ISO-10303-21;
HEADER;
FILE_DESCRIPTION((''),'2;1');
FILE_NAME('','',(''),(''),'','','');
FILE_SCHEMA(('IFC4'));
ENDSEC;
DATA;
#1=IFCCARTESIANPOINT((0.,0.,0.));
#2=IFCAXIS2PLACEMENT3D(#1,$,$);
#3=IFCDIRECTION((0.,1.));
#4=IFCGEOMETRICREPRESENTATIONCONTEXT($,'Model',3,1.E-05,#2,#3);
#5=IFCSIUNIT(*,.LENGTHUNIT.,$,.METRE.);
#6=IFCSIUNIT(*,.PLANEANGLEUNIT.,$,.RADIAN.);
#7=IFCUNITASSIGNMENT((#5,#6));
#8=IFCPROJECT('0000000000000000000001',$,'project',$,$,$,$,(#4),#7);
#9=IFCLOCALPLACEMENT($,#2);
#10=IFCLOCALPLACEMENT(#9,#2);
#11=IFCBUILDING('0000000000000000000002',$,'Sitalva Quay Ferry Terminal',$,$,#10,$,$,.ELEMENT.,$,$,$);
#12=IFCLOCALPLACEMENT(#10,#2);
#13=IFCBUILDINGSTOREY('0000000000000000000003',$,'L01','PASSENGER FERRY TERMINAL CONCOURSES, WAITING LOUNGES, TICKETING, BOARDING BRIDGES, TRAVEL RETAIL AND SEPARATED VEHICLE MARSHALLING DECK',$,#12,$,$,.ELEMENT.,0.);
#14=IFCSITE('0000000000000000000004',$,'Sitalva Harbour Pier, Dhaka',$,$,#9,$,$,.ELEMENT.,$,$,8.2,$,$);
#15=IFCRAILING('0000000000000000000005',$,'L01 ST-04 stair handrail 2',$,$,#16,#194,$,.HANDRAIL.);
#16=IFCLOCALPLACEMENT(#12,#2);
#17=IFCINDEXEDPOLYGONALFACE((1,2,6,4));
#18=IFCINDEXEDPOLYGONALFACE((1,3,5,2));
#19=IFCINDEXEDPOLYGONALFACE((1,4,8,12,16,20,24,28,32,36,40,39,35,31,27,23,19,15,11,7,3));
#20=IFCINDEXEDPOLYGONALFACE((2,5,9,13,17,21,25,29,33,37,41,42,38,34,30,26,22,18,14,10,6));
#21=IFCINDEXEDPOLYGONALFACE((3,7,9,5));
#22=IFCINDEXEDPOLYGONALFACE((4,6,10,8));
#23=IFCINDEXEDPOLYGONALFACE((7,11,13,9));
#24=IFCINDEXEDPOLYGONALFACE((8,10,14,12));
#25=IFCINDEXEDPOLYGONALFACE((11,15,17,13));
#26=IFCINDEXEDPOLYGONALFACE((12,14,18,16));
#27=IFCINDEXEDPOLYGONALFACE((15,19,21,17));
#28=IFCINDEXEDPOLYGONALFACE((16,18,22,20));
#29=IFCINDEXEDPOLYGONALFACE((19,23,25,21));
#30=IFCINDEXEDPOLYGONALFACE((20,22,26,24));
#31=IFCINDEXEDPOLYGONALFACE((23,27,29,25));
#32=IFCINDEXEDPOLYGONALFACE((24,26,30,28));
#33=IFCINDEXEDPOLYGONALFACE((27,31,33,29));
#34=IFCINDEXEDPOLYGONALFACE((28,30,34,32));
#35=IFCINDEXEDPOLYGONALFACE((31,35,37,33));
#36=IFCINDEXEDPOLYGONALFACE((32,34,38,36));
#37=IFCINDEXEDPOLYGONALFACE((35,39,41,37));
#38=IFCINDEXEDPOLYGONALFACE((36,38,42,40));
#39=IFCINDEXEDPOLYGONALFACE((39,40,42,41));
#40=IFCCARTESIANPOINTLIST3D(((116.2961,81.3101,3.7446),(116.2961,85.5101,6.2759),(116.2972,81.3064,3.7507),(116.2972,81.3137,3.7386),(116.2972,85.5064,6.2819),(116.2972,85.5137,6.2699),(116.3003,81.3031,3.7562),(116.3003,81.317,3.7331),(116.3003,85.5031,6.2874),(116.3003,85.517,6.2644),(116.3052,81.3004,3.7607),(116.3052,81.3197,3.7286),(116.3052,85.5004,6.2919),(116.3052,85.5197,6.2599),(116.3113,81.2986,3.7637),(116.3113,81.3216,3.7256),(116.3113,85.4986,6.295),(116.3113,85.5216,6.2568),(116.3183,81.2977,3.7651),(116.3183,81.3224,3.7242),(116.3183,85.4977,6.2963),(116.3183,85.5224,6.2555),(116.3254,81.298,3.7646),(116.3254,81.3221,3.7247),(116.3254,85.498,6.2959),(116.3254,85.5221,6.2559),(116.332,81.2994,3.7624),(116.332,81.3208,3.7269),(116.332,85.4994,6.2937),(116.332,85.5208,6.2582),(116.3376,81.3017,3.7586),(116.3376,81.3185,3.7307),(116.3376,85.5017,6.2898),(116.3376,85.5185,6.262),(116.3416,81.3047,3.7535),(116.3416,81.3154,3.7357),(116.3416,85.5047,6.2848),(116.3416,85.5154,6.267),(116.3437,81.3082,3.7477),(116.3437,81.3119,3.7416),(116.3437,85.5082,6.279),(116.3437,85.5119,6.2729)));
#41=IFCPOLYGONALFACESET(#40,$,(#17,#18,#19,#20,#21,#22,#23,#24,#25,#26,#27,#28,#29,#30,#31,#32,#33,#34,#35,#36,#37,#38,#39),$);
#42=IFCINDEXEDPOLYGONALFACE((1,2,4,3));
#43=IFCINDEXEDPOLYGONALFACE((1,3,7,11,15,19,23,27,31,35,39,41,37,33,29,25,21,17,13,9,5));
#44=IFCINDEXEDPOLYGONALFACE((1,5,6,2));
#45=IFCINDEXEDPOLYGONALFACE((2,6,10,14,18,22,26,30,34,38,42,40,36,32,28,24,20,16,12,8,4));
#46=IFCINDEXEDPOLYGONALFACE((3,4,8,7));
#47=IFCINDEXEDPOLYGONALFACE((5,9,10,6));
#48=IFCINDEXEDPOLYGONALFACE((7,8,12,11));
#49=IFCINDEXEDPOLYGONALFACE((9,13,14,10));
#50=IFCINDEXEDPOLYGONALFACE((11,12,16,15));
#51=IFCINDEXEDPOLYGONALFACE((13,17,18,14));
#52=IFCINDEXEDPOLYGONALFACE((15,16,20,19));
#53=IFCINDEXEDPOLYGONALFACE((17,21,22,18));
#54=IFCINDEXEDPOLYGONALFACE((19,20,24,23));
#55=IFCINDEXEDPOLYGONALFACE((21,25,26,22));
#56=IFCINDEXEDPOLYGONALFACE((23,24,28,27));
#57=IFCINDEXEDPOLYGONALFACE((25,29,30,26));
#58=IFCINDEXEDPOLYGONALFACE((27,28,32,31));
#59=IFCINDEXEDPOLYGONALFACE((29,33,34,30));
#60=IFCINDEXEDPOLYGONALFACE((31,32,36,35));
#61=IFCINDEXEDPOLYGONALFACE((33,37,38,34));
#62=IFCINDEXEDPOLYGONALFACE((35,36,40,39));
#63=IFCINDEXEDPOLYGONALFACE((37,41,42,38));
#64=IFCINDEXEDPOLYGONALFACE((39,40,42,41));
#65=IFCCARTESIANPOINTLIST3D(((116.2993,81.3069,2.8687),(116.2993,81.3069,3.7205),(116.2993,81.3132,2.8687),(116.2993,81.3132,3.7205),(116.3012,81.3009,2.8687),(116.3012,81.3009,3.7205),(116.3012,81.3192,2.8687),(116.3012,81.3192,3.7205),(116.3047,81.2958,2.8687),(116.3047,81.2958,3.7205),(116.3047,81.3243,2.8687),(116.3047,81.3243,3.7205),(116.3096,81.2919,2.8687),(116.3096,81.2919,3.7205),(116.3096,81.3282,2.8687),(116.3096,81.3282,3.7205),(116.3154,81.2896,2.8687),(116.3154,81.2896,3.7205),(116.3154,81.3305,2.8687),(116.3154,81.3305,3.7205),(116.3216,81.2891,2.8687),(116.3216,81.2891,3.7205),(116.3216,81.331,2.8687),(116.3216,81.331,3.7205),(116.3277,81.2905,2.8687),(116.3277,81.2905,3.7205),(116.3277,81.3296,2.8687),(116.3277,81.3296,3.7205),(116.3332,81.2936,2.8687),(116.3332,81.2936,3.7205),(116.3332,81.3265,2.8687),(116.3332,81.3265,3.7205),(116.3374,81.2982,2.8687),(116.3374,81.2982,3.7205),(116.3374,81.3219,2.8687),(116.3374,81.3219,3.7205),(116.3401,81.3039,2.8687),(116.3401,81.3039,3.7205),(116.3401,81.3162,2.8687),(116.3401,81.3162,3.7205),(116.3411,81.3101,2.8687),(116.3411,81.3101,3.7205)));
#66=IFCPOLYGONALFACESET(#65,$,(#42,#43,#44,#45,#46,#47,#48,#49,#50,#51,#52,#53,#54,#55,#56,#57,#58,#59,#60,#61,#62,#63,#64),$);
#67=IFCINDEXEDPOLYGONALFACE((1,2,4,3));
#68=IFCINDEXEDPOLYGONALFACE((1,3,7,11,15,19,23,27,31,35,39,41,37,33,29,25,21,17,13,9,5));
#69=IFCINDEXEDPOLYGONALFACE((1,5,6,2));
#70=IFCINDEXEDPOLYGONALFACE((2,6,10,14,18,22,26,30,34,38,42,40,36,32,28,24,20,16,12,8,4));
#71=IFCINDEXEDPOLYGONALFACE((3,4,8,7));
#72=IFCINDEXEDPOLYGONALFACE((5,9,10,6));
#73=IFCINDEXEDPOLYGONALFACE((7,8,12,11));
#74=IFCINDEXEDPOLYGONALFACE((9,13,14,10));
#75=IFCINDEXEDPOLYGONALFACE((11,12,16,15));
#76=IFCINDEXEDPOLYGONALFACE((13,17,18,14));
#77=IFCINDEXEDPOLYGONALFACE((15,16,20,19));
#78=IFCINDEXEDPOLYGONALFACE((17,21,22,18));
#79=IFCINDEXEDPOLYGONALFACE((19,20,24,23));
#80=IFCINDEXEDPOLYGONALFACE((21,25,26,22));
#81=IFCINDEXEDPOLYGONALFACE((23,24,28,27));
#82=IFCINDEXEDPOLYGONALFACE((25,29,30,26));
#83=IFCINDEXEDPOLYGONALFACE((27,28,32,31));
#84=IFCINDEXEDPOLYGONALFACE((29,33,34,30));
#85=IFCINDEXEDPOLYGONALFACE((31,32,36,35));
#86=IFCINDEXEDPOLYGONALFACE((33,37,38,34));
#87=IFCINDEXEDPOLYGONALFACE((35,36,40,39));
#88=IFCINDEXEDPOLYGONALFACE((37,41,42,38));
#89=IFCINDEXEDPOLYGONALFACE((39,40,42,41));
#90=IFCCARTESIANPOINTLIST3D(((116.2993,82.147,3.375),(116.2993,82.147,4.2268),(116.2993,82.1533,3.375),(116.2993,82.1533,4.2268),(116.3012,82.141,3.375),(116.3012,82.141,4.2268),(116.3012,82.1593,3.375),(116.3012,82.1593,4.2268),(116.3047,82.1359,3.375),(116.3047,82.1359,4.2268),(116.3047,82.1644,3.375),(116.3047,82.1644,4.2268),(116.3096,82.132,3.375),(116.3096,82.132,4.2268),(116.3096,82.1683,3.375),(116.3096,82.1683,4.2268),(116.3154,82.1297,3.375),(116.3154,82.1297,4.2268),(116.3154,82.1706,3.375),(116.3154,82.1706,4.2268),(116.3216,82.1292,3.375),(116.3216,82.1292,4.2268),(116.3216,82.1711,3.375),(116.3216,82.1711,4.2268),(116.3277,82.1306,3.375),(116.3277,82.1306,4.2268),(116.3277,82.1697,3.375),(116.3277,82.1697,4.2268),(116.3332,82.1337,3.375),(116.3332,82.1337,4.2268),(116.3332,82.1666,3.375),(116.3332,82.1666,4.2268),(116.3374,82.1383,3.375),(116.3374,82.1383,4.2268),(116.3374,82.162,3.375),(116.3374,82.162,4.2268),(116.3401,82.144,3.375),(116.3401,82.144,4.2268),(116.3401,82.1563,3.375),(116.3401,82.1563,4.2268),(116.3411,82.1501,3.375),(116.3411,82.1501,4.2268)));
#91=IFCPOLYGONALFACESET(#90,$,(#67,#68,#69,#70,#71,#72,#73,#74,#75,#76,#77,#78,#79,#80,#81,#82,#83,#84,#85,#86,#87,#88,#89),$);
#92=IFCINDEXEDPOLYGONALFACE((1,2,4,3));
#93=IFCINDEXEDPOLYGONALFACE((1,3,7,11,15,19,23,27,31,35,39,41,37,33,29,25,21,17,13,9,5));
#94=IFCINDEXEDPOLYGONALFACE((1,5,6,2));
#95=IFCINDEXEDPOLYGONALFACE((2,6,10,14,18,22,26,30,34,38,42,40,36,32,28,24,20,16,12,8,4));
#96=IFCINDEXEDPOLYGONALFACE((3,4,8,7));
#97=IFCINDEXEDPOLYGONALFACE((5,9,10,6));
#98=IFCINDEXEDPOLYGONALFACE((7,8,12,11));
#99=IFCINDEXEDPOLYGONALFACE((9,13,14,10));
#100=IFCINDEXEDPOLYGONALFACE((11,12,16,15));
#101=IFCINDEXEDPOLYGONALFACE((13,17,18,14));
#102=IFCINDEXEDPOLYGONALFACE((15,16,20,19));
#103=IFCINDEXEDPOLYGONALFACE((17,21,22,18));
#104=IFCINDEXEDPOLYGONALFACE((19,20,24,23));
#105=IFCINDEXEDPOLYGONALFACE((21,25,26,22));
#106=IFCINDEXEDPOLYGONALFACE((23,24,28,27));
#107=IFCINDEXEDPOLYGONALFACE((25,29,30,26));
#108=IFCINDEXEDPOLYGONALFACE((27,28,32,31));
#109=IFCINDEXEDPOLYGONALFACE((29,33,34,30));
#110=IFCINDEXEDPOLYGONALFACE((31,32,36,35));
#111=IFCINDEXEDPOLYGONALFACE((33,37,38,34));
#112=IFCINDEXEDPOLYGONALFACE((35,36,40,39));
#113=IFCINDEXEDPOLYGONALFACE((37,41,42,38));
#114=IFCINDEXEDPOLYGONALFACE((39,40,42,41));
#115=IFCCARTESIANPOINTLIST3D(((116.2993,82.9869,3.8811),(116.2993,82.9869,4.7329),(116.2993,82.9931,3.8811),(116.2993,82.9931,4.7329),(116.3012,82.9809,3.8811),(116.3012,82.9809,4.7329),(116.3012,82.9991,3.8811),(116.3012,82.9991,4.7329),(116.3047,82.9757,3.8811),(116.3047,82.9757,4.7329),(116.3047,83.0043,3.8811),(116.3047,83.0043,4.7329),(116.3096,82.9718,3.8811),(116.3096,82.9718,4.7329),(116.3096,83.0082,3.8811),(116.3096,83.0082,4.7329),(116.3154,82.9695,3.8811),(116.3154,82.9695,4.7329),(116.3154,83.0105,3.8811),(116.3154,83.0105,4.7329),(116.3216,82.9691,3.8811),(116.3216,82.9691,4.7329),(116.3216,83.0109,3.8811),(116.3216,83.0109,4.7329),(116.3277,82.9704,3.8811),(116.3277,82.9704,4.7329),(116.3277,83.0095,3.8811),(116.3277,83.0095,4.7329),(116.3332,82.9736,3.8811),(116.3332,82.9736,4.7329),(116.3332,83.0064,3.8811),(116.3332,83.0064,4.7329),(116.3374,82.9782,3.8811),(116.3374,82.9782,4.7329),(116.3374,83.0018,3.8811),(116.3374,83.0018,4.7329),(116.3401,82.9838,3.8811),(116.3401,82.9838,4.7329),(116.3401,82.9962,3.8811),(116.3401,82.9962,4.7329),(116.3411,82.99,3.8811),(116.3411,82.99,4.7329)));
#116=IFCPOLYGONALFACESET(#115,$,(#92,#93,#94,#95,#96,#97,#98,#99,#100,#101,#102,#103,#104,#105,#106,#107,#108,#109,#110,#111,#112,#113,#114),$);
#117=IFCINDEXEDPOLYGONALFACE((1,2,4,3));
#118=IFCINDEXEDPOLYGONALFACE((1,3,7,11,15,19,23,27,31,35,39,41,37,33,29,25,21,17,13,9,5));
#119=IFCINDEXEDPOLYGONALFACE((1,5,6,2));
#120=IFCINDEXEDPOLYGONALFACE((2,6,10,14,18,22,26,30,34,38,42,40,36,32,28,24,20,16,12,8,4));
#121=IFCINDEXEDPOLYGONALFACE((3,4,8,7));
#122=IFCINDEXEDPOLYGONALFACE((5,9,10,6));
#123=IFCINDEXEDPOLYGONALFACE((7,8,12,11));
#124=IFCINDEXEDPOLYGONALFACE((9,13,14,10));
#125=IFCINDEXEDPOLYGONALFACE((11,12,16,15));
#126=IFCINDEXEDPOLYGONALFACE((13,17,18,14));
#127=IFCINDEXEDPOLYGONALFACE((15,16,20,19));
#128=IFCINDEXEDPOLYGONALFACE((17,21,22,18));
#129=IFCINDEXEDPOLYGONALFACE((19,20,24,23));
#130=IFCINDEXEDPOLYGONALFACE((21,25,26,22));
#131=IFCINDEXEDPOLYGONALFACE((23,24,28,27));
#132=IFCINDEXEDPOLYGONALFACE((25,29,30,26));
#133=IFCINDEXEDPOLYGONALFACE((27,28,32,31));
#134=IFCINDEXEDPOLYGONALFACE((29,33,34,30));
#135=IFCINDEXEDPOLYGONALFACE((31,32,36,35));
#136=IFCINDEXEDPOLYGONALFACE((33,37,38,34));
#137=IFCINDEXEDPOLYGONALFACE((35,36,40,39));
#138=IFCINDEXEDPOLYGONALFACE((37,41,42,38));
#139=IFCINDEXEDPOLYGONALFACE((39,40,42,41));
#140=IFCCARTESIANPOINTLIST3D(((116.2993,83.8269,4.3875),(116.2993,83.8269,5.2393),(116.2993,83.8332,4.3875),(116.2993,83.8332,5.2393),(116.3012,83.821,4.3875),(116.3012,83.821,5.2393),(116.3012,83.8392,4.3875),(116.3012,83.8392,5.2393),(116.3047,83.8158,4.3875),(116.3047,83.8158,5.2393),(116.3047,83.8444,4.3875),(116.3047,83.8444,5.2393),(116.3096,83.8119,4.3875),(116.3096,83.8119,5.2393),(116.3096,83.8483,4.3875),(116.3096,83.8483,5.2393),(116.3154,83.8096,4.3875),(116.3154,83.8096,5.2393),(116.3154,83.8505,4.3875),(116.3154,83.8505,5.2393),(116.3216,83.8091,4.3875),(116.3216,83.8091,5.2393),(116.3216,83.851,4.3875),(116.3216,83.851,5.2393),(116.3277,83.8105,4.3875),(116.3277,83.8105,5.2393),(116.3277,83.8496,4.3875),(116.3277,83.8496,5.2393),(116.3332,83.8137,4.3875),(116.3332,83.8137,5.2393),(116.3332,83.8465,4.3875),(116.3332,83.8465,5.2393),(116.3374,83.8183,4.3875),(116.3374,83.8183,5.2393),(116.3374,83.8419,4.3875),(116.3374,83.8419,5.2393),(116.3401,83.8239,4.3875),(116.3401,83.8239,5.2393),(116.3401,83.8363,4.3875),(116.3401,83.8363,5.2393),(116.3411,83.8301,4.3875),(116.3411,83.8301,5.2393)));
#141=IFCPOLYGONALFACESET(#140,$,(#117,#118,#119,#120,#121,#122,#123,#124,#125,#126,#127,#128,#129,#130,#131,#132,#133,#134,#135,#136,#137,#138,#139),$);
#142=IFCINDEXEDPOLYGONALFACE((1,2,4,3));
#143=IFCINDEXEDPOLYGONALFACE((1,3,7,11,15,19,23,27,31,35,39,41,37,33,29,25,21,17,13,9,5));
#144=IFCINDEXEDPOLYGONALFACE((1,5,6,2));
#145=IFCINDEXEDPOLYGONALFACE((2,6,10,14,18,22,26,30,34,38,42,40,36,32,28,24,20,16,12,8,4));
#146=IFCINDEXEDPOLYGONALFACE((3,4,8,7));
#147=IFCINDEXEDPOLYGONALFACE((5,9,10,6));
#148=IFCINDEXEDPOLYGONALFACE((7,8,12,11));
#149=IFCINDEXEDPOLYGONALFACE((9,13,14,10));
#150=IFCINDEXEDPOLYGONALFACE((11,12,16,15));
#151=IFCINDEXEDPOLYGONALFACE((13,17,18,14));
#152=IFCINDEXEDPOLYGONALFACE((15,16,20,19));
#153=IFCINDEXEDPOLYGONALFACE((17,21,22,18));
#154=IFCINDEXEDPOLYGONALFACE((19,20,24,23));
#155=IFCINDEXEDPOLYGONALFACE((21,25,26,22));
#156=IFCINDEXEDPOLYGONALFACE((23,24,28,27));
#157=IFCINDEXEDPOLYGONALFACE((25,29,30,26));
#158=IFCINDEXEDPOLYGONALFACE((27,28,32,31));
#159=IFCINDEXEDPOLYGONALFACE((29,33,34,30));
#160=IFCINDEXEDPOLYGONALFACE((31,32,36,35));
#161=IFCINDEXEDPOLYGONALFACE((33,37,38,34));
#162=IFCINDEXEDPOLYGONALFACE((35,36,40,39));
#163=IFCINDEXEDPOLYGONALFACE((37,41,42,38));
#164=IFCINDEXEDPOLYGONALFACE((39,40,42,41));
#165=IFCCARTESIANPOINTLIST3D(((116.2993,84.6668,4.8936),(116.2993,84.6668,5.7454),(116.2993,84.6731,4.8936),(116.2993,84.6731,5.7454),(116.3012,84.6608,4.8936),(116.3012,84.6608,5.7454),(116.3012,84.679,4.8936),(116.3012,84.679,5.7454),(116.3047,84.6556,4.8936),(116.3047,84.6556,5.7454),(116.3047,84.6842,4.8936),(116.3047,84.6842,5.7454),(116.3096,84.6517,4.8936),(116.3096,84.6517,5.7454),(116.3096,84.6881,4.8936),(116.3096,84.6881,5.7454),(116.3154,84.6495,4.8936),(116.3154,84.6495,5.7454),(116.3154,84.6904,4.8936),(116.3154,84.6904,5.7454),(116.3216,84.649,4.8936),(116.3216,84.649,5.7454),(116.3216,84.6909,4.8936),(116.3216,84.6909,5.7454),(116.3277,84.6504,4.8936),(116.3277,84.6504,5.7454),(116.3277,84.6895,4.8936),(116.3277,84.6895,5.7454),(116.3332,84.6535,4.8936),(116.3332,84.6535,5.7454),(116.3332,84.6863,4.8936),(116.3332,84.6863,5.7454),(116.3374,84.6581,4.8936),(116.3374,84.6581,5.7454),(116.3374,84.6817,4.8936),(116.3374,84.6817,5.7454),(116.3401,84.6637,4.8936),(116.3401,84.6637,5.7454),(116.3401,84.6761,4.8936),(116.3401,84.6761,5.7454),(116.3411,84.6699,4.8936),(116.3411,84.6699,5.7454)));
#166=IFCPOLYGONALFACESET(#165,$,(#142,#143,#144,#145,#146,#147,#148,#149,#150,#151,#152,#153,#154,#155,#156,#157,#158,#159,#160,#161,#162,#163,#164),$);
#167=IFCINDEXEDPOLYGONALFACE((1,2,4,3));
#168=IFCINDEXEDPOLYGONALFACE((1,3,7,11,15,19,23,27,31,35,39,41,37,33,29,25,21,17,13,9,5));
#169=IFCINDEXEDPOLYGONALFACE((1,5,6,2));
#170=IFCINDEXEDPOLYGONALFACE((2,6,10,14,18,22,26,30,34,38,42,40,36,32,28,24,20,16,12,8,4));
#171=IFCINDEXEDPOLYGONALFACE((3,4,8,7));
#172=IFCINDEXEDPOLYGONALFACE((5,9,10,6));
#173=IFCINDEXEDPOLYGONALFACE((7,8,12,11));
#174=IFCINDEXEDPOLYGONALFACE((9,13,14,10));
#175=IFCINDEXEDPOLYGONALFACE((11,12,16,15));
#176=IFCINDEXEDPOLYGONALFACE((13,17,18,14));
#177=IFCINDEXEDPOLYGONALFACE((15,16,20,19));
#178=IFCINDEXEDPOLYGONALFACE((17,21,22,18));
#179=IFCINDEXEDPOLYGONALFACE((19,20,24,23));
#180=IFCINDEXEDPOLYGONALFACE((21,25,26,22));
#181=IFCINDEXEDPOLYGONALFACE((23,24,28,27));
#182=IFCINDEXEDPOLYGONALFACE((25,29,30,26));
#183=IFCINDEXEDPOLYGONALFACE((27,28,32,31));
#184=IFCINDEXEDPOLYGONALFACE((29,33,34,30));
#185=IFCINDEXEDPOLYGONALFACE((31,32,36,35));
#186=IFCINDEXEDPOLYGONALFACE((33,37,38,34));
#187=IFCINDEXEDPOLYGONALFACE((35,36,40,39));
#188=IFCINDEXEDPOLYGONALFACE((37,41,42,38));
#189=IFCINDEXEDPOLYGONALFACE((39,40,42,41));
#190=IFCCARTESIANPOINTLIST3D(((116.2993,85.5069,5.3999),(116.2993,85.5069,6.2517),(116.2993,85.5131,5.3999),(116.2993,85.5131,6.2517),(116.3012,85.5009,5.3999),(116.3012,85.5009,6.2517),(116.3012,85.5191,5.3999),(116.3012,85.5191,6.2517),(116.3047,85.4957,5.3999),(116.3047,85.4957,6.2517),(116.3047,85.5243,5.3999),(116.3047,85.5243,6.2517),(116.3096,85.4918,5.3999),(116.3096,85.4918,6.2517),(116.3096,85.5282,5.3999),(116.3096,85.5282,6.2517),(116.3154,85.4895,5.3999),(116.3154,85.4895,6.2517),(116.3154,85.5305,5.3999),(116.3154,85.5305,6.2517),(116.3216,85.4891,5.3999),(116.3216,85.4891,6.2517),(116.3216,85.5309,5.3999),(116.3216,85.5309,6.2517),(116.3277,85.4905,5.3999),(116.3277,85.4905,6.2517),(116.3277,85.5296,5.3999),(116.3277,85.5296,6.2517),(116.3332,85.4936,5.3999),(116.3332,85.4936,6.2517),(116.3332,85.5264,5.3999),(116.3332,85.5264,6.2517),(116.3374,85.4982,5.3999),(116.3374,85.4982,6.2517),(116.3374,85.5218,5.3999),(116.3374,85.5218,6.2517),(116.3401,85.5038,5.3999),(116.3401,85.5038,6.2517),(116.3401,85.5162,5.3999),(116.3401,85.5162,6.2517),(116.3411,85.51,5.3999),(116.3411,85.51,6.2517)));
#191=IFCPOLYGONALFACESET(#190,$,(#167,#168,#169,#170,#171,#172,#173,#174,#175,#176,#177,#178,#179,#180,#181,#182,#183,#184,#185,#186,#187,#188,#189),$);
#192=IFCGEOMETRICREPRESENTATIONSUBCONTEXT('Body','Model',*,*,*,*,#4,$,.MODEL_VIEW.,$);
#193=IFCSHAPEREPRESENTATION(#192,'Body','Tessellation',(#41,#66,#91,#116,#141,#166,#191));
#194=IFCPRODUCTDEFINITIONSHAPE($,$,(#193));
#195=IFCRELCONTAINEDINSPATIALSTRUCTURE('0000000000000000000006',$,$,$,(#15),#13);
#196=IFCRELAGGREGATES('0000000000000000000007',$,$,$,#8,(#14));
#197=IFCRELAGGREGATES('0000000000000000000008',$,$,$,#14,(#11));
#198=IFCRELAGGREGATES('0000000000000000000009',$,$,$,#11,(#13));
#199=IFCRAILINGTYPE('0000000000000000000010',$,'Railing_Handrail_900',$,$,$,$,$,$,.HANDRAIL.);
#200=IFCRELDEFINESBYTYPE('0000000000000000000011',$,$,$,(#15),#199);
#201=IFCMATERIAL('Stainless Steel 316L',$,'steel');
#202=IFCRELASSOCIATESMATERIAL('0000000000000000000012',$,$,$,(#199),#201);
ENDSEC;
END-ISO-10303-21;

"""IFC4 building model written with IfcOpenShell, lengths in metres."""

from ifc_helpers import new_model, si_unit, direction, frame, origin, origin_2d, place, context, subcontext, project, spatial, circle, extrude, material, type_object, element, save


model = new_model("IFC4")

# Units and contexts
model_context = context("Model", 3, precision=1e-05, world=origin(), true_north=direction((0.0, 1.0)))
body_context = subcontext(model_context, "Body", "Model", "MODEL_VIEW")
ifc_project = project(units=[si_unit("LENGTHUNIT", "METRE"), si_unit("PLANEANGLEUNIT", "RADIAN")], contexts=[model_context])

# Site, building, storey
site_placement = place(None, origin())
site = spatial("IfcSite", under=ifc_project, at=site_placement, Name="Sitalva Harbour Pier, Dhaka", CompositionType="ELEMENT", RefElevation=8.2)
building_placement = place(site_placement, origin())
building = spatial("IfcBuilding", under=site, at=building_placement, Name="Sitalva Quay Ferry Terminal", CompositionType="ELEMENT")
storey_placement = place(building_placement, origin())
storey = spatial("IfcBuildingStorey", under=building, at=storey_placement, Name="L01", Description="PASSENGER FERRY TERMINAL CONCOURSES, WAITING LOUNGES, TICKETING, BOARDING BRIDGES, TRAVEL RETAIL AND SEPARATED VEHICLE MARSHALLING DECK", CompositionType="ELEMENT", Elevation=0.0)

# Railing
ifc_material_1 = material(Name="Stainless Steel 316L", Category="steel")
railing_type_1 = type_object("IfcRailingType", Name="Railing_Handrail_900", PredefinedType="HANDRAIL", material=ifc_material_1)
railing_1_placement = place(storey_placement, frame((116.3201, 81.3101, 2.8687)))
element("IfcRailing", 1, at=railing_1_placement, inside=storey, type_object=railing_type_1, Name="L01 ST-04 stair handrail 2", PredefinedType="HANDRAIL", context=body_context, shape_type="SweptSolid", body=[
    extrude(circle(Radius=0.0239, at=origin_2d()), frame((0.0, 0.0, 0.876), z_axis=(0.0, 0.856476, 0.516186), x_axis=(-1.0, 0.0, 0.0)), (0.0, 0.0, 1.0), 4.9038),
    extrude(circle(Radius=0.021, at=origin_2d()), origin(), (0.0, 0.0, 1.0), 0.8518),
    extrude(circle(Radius=0.021, at=origin_2d()), frame((0.0, 0.8401, 0.5063)), (0.0, 0.0, 1.0), 0.8518),
    extrude(circle(Radius=0.021, at=origin_2d()), frame((0.0, 1.6799, 1.0125)), (0.0, 0.0, 1.0), 0.8518),
    extrude(circle(Radius=0.021, at=origin_2d()), frame((0.0, 2.52, 1.5188)), (0.0, 0.0, 1.0), 0.8518),
    extrude(circle(Radius=0.021, at=origin_2d()), frame((0.0, 3.3599, 2.0249)), (0.0, 0.0, 1.0), 0.8518),
    extrude(circle(Radius=0.021, at=origin_2d()), frame((0.0, 4.2, 2.5312)), (0.0, 0.0, 1.0), 0.8518),
])

save(model, "model.ifc")
